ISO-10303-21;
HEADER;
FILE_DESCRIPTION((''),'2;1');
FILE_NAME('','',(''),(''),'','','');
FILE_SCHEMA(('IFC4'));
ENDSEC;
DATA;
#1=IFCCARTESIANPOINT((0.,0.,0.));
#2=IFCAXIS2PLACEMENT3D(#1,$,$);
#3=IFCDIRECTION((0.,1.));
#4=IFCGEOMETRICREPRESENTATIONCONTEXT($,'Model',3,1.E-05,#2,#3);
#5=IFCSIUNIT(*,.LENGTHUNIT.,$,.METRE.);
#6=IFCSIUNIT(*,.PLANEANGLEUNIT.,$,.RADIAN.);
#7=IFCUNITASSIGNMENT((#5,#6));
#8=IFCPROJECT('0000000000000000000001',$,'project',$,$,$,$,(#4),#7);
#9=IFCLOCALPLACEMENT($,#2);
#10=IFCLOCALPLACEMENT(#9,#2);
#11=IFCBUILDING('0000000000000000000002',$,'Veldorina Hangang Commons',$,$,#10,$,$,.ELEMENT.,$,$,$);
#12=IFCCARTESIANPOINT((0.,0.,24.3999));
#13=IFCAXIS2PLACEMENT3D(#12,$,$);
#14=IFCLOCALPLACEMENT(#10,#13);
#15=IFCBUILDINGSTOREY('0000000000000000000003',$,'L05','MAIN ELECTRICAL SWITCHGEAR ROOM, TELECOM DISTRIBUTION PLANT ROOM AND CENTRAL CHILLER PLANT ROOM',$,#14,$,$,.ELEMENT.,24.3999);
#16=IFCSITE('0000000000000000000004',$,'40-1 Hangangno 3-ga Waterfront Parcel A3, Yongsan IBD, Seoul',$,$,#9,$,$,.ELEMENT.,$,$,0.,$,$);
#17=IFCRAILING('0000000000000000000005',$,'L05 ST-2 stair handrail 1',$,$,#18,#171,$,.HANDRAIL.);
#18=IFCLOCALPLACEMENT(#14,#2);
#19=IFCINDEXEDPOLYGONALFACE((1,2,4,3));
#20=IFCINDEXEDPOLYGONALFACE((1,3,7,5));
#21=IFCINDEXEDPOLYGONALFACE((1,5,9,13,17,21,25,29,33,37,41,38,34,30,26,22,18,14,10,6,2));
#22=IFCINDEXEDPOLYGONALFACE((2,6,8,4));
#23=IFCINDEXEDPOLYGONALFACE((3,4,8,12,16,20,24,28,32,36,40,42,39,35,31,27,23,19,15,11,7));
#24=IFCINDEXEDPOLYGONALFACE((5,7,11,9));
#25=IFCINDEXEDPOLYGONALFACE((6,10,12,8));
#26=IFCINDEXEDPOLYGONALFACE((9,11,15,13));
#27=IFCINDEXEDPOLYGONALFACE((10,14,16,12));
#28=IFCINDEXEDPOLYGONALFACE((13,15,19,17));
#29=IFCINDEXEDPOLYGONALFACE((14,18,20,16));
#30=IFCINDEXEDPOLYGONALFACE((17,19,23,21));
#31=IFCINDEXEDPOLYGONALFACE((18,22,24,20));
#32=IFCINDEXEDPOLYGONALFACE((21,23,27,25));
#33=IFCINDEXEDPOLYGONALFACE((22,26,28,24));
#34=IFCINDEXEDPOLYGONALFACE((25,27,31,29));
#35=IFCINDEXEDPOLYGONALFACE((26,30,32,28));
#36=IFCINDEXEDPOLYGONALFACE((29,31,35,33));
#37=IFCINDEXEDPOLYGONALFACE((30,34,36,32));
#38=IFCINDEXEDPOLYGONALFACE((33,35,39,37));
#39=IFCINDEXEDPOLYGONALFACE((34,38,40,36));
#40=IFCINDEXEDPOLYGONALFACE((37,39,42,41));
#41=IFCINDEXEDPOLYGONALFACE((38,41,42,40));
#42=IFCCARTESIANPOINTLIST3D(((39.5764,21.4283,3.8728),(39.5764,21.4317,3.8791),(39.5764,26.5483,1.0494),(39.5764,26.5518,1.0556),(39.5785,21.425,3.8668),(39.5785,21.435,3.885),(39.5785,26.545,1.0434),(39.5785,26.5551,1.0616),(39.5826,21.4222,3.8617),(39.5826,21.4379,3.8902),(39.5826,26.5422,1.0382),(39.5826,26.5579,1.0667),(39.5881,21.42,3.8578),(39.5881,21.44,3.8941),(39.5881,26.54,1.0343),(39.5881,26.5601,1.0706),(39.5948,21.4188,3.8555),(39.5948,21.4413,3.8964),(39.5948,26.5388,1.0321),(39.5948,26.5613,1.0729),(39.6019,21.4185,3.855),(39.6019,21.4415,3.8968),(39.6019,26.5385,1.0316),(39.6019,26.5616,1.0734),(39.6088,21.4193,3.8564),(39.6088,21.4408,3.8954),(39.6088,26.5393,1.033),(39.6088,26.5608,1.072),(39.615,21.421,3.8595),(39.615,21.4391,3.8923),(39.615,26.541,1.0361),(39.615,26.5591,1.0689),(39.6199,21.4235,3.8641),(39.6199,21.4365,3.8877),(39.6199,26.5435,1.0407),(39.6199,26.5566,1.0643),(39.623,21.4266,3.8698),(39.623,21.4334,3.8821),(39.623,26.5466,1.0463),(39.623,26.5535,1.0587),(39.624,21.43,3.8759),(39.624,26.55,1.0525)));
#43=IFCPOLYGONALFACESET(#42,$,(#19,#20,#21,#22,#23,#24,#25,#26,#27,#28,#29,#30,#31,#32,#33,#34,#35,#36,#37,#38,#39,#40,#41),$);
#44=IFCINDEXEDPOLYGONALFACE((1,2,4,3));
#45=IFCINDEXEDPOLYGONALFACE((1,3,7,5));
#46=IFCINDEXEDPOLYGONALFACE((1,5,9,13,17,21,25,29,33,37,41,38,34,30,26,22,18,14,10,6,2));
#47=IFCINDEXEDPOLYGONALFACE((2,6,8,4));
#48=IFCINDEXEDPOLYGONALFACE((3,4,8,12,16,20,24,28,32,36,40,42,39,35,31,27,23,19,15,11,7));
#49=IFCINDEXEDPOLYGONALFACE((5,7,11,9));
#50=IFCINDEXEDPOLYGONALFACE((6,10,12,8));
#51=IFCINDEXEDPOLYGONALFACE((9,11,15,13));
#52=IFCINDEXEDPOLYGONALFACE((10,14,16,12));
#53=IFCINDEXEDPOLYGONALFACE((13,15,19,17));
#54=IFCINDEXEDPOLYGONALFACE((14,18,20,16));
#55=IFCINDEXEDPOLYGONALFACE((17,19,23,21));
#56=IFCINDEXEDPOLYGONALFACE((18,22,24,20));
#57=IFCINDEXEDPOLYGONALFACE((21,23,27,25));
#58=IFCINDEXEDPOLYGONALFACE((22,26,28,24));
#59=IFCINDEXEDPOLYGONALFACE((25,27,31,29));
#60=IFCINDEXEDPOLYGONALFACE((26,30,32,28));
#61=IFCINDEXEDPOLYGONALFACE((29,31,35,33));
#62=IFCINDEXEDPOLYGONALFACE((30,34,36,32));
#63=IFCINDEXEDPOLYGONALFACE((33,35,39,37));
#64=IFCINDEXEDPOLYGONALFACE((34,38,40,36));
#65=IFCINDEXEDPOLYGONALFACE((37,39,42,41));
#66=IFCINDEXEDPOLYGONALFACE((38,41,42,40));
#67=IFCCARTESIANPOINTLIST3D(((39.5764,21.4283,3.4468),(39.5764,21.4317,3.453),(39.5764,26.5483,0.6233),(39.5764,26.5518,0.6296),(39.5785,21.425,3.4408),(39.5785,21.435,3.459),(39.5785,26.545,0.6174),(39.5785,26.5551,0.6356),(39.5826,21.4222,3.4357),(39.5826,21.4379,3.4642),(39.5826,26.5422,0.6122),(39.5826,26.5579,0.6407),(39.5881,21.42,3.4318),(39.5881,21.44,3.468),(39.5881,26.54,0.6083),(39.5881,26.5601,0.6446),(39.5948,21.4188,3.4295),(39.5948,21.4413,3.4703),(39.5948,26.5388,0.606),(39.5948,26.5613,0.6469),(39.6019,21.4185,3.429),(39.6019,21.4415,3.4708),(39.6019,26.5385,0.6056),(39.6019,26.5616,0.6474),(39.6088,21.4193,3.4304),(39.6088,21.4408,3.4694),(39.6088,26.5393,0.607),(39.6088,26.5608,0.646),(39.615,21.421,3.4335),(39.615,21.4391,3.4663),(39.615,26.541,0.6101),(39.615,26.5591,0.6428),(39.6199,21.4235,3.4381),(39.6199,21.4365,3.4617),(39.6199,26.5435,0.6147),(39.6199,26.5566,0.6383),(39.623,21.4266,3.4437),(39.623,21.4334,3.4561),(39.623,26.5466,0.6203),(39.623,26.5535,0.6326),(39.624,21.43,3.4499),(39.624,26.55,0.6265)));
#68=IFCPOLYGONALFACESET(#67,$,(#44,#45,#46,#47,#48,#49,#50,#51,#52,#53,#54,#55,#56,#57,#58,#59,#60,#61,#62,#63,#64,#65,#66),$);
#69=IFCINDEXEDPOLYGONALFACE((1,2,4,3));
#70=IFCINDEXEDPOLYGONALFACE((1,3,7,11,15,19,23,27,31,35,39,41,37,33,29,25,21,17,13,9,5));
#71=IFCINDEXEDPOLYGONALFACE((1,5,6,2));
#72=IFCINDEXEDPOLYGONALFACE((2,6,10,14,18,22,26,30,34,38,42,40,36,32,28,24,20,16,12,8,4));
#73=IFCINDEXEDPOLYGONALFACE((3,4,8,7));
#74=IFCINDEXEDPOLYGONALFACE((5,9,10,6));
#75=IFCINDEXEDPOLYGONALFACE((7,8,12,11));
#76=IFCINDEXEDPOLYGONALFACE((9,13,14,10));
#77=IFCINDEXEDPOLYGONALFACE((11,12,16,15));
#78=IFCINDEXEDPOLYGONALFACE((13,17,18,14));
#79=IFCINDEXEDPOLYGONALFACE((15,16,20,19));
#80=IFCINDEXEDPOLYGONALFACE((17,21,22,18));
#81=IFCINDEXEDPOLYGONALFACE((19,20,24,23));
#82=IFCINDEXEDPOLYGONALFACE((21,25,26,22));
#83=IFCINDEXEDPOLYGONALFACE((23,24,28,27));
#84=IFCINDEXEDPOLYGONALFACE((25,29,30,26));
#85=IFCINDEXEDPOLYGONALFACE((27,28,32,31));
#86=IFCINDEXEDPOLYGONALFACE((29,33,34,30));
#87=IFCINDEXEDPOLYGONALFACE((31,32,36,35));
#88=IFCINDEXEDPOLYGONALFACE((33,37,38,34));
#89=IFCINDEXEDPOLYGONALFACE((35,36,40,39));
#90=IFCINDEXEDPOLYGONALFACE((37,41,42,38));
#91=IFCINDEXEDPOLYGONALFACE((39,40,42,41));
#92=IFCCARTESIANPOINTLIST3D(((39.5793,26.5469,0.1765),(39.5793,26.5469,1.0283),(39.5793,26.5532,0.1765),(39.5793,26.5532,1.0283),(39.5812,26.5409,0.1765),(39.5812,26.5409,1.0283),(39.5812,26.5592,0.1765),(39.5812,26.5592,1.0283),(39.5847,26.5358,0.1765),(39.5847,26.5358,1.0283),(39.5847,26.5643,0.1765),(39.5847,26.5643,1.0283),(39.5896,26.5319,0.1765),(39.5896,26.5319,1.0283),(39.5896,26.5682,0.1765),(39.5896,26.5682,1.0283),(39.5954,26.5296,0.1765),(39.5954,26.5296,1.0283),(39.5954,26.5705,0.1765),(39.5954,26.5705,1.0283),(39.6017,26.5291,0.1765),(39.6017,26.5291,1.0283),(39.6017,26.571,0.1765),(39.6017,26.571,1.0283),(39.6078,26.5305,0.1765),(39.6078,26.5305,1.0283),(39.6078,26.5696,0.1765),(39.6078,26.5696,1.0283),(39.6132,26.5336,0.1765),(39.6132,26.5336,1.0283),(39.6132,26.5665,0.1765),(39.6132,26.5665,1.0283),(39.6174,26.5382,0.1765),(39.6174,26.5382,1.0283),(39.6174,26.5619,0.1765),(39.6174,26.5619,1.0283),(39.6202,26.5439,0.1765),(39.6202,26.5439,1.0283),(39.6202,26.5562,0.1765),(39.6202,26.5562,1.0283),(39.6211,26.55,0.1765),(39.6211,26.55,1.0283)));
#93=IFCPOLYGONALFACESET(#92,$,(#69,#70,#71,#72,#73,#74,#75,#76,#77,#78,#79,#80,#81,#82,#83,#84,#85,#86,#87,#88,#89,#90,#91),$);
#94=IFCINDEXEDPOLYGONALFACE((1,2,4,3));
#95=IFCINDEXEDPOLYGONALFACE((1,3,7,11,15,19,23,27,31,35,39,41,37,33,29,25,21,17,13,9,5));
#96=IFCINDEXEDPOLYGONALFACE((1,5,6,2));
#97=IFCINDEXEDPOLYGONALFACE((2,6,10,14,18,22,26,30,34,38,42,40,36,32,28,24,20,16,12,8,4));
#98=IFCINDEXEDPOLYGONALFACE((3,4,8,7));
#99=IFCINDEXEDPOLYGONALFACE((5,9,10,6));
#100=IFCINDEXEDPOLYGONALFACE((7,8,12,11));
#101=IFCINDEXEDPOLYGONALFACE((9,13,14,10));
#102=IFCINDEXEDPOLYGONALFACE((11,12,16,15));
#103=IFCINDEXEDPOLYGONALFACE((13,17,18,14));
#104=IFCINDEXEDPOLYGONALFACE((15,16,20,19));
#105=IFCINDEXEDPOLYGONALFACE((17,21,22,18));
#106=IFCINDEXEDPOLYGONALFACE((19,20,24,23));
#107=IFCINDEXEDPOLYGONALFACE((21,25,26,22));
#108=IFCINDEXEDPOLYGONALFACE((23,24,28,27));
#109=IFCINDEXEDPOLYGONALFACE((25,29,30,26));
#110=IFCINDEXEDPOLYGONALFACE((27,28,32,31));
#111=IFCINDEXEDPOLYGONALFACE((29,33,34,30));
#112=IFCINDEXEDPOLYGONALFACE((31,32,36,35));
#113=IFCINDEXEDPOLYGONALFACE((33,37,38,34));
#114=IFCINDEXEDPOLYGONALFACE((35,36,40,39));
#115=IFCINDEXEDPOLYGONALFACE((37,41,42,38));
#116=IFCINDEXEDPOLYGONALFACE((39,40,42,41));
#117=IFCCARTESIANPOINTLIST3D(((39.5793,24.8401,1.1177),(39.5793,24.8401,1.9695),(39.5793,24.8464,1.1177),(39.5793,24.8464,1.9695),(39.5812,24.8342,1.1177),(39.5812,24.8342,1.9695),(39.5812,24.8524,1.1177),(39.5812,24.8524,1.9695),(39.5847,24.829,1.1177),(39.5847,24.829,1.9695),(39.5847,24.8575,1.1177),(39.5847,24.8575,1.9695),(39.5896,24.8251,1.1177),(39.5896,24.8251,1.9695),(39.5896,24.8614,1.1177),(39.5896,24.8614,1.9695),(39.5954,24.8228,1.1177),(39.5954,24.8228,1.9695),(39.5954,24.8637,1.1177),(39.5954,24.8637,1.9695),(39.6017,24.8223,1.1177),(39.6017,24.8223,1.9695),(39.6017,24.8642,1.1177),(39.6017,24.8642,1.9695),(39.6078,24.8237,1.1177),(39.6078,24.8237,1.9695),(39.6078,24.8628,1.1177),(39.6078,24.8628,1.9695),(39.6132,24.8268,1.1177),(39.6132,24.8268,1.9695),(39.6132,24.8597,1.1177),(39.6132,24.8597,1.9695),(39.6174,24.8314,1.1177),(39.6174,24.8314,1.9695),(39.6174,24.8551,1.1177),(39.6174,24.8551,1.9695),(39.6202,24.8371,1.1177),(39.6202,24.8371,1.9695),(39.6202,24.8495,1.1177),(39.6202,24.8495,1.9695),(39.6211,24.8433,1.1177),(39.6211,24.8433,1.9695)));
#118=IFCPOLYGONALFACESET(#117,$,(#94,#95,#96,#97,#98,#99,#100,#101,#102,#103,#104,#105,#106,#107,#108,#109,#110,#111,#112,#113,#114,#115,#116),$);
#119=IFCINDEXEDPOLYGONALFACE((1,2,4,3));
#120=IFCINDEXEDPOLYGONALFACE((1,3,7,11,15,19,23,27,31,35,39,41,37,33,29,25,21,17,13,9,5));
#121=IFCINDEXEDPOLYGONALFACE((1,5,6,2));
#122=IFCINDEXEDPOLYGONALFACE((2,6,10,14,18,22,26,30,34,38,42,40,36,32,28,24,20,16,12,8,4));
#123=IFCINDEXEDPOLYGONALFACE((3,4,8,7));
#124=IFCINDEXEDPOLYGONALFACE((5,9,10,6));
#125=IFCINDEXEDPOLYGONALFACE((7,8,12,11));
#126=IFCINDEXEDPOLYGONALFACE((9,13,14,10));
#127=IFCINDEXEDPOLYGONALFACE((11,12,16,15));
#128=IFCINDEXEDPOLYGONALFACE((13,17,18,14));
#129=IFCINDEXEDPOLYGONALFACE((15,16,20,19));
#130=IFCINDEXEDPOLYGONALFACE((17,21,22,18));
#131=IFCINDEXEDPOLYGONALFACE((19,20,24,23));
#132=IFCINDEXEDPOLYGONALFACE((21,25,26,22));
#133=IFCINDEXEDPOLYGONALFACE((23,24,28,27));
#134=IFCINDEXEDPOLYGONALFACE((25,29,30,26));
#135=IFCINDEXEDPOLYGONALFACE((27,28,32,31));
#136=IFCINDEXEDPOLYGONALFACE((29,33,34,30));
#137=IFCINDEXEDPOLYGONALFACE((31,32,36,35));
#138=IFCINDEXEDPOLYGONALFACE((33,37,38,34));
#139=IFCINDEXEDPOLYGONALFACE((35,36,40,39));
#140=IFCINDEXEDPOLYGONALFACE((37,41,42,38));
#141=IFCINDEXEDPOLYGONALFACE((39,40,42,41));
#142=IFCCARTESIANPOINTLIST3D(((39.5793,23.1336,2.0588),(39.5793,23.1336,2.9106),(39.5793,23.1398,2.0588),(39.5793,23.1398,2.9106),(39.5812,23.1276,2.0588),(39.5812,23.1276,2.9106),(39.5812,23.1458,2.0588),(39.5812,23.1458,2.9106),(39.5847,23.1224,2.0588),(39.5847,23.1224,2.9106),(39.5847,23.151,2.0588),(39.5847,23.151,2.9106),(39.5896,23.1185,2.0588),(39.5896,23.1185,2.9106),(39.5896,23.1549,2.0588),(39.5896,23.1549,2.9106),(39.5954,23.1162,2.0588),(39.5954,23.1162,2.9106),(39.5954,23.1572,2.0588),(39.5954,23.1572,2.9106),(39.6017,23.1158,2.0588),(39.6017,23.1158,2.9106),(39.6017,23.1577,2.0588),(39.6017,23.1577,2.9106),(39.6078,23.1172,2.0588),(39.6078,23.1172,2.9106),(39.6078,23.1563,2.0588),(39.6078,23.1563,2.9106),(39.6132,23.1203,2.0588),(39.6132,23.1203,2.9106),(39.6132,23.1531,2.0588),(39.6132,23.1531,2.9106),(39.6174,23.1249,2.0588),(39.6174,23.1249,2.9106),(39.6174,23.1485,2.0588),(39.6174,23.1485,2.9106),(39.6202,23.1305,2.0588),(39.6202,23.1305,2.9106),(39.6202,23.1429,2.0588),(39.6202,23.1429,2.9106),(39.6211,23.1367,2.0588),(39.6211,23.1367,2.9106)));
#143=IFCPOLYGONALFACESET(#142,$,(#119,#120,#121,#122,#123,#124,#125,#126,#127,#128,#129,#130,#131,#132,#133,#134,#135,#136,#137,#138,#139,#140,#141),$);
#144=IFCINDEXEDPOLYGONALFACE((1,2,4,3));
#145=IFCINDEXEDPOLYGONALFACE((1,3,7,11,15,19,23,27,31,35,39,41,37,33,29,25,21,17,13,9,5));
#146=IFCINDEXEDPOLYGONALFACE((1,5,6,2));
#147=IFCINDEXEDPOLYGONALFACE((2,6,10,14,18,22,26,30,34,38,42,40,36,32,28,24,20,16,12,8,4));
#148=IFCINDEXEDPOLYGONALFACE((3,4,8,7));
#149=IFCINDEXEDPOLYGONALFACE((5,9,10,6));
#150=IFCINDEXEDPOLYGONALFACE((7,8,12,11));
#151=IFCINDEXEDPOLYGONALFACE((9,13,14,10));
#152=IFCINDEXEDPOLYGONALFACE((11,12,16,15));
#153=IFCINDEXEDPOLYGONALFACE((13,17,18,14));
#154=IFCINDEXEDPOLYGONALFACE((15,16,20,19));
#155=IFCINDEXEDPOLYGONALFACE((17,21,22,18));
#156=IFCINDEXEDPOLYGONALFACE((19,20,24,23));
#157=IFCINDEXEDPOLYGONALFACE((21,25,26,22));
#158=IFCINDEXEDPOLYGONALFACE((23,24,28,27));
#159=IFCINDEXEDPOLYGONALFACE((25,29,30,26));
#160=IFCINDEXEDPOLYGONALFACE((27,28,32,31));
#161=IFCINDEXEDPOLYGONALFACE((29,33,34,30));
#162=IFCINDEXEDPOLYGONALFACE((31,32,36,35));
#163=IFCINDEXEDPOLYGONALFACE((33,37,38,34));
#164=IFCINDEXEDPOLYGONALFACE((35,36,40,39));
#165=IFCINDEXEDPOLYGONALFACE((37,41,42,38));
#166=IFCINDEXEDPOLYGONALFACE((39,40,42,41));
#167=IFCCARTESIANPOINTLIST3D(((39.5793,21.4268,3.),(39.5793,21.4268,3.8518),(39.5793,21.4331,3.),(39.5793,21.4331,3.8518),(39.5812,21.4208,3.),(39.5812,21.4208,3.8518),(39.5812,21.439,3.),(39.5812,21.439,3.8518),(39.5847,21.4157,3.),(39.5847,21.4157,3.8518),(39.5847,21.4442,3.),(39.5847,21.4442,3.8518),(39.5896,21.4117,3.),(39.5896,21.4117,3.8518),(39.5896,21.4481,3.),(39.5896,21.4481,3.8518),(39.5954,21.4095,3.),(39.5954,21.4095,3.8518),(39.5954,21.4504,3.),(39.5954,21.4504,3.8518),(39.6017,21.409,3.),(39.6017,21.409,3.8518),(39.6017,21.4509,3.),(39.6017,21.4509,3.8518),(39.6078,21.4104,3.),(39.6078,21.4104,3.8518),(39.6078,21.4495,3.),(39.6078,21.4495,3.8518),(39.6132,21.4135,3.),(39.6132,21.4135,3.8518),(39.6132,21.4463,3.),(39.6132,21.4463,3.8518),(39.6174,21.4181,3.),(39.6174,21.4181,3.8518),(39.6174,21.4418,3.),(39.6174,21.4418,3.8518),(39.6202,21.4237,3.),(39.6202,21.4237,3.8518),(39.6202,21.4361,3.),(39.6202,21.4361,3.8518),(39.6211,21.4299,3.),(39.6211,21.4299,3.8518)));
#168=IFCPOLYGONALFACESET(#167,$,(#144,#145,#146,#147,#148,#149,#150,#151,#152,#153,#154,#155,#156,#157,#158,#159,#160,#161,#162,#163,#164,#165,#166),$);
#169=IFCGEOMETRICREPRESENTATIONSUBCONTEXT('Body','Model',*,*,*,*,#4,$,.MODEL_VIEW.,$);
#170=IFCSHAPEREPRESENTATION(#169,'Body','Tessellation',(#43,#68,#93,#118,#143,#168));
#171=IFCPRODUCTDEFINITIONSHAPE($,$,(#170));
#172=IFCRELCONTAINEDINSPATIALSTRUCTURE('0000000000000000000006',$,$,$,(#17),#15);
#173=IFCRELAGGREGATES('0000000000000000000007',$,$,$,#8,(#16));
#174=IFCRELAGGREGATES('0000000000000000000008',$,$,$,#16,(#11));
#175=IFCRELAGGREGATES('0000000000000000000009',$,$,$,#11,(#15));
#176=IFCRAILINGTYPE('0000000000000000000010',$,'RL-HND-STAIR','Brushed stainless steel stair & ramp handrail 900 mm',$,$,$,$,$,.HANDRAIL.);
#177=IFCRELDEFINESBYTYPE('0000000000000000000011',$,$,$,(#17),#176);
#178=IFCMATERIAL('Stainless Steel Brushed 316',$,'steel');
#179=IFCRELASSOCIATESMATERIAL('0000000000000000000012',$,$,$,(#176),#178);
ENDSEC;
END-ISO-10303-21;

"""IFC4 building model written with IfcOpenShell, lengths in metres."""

from ifc_helpers import new_model, si_unit, direction, frame, origin, origin_2d, place, context, subcontext, project, spatial, circle, extrude, material, type_object, element, save


model = new_model("IFC4")

# Units and contexts
model_context = context("Model", 3, precision=1e-05, world=origin(), true_north=direction((0.0, 1.0)))
body_context = subcontext(model_context, "Body", "Model", "MODEL_VIEW")
ifc_project = project(units=[si_unit("LENGTHUNIT", "METRE"), si_unit("PLANEANGLEUNIT", "RADIAN")], contexts=[model_context])

# Site, building, storey
site_placement = place(None, origin())
site = spatial("IfcSite", under=ifc_project, at=site_placement, Name="40-1 Hangangno 3-ga Waterfront Parcel A3, Yongsan IBD, Seoul", CompositionType="ELEMENT", RefElevation=0.0)
building_placement = place(site_placement, origin())
building = spatial("IfcBuilding", under=site, at=building_placement, Name="Veldorina Hangang Commons", CompositionType="ELEMENT")
storey_placement = place(building_placement, frame((0.0, 0.0, 24.3999)))
storey = spatial("IfcBuildingStorey", under=building, at=storey_placement, Name="L05", Description="MAIN ELECTRICAL SWITCHGEAR ROOM, TELECOM DISTRIBUTION PLANT ROOM AND CENTRAL CHILLER PLANT ROOM", CompositionType="ELEMENT", Elevation=24.3999)

# Railing
ifc_material_1 = material(Name="Stainless Steel Brushed 316", Category="steel")
railing_type_1 = type_object("IfcRailingType", Name="RL-HND-STAIR", Description="Brushed stainless steel stair & ramp handrail 900 mm", PredefinedType="HANDRAIL", material=ifc_material_1)
railing_1_placement = place(storey_placement, frame((39.6001, 26.55, 0.1765)))
element("IfcRailing", 1, at=railing_1_placement, inside=storey, type_object=railing_type_1, Name="L05 ST-2 stair handrail 1", PredefinedType="HANDRAIL", context=body_context, shape_type="SweptSolid", body=[
    extrude(circle(Radius=0.0239, at=origin_2d()), frame((0.0, 0.0, 0.876), z_axis=(0.0, -0.875679, 0.482893), x_axis=(1.0, 0.0, 0.0)), (0.0, 0.0, 1.0), 5.8469),
    extrude(circle(Radius=0.0239, at=origin_2d()), frame((0.0, 0.0, 0.45), z_axis=(0.0, -0.875679, 0.482893), x_axis=(1.0, 0.0, 0.0)), (0.0, 0.0, 1.0), 5.8469),
    extrude(circle(Radius=0.021, at=origin_2d()), origin(), (0.0, 0.0, 1.0), 0.8518),
    extrude(circle(Radius=0.021, at=origin_2d()), frame((0.0, -1.7068, 0.9412)), (0.0, 0.0, 1.0), 0.8518),
    extrude(circle(Radius=0.021, at=origin_2d()), frame((0.0, -3.4133, 1.8823)), (0.0, 0.0, 1.0), 0.8518),
    extrude(circle(Radius=0.021, at=origin_2d()), frame((0.0, -5.1201, 2.8235)), (0.0, 0.0, 1.0), 0.8518),
])

save(model, "model.ifc")
